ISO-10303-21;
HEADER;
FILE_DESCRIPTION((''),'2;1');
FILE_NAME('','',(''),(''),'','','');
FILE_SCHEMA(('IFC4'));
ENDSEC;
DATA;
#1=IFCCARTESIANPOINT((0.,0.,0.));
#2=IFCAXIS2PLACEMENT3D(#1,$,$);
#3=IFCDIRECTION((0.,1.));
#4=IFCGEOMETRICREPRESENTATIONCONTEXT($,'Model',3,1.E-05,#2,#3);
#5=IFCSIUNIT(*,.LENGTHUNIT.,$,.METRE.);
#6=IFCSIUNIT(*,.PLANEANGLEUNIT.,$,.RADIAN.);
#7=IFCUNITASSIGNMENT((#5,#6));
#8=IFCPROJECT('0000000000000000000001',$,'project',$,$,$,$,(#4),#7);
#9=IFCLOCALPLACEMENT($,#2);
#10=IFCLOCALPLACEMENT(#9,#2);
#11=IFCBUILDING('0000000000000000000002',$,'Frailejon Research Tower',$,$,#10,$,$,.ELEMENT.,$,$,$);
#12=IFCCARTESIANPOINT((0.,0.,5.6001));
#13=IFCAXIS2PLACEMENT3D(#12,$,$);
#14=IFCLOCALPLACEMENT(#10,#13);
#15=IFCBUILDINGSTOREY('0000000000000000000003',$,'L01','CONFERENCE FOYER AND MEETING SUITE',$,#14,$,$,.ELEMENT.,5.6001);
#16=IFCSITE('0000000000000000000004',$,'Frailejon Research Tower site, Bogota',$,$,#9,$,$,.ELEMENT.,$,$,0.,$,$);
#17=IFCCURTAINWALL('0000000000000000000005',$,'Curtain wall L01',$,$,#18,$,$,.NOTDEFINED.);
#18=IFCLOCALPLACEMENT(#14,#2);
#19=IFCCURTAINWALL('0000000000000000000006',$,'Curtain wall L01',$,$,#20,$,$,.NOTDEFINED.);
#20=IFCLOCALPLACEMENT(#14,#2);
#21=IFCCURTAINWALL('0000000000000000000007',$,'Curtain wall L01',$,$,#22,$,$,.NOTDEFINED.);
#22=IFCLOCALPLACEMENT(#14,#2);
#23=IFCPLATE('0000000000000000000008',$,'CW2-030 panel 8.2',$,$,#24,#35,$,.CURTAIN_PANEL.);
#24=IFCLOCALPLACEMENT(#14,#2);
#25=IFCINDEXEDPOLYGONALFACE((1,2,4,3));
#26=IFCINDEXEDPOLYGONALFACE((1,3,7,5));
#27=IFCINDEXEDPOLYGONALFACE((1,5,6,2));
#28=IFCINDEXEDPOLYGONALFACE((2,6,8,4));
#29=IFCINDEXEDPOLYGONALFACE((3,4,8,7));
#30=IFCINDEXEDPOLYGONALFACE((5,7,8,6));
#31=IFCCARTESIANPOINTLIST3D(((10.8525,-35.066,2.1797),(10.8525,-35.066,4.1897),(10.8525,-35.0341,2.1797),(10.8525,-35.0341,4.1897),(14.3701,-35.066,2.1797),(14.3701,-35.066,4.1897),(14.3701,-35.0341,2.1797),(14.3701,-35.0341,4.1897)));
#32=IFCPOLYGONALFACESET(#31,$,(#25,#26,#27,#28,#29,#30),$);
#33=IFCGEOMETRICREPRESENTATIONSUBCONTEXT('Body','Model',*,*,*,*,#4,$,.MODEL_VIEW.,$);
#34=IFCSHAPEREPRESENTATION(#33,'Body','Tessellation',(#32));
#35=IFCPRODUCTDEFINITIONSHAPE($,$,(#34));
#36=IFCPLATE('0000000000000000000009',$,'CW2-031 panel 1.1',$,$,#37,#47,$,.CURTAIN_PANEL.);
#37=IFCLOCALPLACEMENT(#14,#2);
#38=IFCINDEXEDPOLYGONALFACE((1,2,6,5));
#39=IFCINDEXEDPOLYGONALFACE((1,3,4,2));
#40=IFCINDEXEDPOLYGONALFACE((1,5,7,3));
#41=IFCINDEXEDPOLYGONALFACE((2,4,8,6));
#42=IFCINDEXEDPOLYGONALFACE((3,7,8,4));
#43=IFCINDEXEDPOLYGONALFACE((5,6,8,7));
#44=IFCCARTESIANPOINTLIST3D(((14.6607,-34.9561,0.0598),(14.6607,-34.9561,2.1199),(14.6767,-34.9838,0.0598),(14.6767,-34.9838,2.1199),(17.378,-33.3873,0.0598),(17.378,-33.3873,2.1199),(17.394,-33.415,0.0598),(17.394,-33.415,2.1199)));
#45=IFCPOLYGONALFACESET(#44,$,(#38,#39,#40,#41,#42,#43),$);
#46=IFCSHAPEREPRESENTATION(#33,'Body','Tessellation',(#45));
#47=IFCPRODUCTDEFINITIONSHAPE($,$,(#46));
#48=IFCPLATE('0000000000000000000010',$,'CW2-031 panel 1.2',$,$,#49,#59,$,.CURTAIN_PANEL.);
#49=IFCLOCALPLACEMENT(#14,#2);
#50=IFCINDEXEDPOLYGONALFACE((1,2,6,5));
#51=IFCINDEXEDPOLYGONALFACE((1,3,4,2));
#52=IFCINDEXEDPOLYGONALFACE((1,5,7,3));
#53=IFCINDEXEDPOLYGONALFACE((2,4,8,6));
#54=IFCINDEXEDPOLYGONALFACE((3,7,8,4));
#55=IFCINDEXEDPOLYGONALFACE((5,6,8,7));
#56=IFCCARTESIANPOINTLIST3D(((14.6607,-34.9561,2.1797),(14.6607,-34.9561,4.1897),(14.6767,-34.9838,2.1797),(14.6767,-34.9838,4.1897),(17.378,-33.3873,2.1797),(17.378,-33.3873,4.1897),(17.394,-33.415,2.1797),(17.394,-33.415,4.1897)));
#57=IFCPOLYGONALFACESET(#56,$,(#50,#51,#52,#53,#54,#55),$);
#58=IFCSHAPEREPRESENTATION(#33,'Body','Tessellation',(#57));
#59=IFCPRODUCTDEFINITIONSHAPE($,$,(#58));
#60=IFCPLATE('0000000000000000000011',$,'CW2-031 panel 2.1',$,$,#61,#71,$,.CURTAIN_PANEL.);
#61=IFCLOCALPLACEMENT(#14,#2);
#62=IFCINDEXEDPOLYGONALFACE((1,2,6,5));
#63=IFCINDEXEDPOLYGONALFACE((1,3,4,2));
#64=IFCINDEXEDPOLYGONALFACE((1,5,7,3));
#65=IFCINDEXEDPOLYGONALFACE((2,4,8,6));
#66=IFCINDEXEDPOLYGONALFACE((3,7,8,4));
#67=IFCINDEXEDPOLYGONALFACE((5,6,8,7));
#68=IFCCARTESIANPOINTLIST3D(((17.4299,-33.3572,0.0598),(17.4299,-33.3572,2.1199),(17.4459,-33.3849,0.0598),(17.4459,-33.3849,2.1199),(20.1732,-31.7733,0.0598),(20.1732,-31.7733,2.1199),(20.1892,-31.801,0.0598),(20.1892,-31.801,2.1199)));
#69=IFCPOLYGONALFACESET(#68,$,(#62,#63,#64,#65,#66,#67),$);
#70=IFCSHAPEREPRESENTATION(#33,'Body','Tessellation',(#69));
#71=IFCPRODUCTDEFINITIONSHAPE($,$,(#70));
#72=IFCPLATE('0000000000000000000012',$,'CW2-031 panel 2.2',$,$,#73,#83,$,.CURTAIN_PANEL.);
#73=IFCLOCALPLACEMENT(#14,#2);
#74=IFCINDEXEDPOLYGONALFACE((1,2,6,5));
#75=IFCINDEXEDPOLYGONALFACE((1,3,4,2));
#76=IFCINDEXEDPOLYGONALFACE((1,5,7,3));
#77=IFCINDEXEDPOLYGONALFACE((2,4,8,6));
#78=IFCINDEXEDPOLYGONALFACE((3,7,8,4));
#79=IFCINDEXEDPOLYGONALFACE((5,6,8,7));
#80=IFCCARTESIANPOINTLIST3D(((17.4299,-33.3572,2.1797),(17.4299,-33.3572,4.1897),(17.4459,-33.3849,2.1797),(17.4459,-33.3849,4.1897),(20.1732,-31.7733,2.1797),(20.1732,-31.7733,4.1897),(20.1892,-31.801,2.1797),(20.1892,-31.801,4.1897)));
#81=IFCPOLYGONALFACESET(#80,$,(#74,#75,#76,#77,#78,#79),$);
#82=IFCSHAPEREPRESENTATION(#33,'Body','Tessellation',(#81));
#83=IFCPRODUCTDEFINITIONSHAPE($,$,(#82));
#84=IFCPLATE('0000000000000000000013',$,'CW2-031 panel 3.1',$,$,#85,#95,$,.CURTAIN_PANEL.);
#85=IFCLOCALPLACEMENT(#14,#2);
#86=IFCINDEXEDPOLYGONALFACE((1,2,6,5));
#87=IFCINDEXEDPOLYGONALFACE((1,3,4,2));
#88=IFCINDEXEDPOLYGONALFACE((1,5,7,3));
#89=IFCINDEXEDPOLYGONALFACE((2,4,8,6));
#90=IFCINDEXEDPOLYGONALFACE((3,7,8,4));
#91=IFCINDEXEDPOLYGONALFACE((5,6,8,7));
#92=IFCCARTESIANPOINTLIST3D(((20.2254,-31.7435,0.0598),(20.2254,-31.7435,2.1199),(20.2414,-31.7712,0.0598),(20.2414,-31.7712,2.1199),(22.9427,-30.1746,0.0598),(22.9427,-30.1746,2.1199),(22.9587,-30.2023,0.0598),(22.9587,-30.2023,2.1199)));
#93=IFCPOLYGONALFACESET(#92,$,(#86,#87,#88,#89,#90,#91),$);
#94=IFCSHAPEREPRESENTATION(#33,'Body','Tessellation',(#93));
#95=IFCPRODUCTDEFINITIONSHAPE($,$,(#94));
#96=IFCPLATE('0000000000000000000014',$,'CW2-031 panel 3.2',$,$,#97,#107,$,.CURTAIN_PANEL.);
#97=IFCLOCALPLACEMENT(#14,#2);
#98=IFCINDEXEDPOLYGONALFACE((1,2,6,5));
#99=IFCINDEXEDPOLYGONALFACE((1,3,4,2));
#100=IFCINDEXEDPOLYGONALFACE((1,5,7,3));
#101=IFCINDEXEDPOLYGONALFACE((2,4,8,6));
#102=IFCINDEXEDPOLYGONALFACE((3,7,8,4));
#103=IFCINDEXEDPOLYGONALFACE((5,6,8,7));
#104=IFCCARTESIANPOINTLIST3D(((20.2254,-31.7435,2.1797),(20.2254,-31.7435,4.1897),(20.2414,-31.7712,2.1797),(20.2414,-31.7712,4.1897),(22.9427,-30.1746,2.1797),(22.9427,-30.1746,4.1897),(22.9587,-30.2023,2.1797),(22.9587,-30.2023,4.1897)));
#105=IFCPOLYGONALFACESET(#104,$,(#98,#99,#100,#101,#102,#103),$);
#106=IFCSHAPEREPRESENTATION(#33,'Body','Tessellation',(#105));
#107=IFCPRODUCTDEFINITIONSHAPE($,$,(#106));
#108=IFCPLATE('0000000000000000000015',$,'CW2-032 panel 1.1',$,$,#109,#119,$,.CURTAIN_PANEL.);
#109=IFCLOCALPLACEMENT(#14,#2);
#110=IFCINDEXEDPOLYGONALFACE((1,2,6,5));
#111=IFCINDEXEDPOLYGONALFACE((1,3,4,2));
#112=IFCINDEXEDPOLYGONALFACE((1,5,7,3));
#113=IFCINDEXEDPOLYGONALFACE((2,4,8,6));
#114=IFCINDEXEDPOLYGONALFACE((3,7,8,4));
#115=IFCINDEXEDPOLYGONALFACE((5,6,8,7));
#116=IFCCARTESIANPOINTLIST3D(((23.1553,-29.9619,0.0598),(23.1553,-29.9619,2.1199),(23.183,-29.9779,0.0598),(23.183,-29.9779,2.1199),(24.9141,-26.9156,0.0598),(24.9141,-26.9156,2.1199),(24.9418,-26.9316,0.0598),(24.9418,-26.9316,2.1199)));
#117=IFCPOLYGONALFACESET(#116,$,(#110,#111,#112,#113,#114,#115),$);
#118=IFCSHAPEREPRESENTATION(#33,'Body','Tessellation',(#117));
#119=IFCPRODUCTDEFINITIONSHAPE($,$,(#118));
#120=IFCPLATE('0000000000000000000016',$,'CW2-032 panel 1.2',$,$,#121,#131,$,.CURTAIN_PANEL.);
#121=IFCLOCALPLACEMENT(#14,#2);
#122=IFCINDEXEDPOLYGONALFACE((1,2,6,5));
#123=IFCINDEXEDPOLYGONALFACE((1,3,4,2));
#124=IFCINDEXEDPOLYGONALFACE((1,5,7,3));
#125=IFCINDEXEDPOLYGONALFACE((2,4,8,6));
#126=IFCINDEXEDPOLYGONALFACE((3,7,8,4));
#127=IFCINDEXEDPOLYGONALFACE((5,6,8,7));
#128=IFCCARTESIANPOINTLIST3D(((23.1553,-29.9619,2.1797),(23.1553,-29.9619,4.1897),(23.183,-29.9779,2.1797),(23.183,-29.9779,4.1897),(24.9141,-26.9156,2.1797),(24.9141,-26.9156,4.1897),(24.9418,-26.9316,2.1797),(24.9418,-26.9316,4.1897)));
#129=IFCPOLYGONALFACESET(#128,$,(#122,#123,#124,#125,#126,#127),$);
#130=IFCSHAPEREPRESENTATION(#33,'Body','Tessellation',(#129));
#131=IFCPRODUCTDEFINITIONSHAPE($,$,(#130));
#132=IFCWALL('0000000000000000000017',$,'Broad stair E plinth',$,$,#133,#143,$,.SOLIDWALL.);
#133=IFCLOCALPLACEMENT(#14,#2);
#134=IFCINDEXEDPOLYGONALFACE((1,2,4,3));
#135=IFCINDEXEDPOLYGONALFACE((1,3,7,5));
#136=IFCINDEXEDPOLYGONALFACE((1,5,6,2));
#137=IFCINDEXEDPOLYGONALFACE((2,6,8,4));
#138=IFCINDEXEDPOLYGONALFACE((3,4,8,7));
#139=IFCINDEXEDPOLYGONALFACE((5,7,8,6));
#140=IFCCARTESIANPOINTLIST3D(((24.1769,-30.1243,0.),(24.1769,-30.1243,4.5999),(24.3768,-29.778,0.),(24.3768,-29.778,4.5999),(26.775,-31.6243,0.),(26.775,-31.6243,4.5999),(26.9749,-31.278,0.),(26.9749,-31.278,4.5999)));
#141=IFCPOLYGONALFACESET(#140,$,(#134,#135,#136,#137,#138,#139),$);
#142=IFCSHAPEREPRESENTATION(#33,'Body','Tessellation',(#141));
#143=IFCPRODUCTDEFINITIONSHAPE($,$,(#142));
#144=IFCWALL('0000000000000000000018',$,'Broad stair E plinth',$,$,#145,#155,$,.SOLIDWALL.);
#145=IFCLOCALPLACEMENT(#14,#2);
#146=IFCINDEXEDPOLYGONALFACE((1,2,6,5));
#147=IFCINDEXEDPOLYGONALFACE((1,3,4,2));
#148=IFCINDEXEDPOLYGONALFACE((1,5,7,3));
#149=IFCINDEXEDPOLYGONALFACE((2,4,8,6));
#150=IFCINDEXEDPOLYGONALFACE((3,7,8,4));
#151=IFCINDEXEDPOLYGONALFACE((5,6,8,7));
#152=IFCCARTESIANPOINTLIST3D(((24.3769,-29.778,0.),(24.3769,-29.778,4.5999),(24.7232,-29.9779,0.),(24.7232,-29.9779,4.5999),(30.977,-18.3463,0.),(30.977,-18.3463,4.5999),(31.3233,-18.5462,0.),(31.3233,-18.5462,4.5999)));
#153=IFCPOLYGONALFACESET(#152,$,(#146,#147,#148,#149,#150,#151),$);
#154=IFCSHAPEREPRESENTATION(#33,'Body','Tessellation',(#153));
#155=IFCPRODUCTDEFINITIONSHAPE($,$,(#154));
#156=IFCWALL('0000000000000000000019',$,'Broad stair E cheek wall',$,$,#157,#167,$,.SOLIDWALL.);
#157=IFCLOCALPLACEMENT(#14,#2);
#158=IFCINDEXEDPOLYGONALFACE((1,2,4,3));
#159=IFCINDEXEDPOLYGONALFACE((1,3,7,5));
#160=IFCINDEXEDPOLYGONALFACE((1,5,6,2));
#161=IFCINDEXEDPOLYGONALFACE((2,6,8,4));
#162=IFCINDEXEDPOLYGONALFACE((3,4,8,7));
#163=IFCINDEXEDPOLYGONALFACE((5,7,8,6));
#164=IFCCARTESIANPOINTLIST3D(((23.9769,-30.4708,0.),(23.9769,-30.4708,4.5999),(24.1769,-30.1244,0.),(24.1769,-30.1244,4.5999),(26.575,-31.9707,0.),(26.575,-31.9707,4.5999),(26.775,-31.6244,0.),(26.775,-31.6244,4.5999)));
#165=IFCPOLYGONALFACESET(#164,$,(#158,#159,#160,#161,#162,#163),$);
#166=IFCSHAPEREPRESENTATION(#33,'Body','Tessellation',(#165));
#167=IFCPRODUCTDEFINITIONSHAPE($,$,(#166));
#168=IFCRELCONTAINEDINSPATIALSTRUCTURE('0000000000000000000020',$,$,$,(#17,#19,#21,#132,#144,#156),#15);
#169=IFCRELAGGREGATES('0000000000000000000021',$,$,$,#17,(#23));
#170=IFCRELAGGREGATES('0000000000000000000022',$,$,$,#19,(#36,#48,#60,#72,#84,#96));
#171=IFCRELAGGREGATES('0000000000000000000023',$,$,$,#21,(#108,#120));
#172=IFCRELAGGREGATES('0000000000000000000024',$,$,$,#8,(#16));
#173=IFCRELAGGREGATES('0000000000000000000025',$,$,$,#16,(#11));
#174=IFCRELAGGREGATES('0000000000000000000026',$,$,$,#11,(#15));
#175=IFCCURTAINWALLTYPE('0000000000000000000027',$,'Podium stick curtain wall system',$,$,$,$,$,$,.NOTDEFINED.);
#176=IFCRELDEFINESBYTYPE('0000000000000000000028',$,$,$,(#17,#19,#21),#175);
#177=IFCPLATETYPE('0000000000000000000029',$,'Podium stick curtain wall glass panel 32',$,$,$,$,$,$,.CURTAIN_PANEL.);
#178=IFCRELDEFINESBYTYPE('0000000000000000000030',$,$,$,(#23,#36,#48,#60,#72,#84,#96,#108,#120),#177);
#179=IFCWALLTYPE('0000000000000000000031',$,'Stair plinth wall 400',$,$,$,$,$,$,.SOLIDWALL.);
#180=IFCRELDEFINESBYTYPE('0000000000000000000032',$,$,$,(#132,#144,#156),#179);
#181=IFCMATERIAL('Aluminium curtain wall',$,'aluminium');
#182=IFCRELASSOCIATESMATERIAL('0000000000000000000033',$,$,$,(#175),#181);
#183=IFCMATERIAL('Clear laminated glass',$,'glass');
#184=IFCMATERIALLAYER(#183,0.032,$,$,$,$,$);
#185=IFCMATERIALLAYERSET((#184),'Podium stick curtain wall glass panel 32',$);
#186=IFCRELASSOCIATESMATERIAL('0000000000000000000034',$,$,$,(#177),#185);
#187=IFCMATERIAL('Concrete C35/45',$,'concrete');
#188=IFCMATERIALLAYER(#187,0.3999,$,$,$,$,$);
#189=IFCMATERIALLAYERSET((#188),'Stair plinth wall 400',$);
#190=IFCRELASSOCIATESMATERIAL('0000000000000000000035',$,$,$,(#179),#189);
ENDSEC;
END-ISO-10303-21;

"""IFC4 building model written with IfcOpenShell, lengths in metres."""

from ifc_helpers import new_model, si_unit, direction, frame, frame_2d, origin, origin_2d, place, context, subcontext, project, spatial, rectangle, extrude, material, layer, layer_set, type_object, element, aggregate, save


model = new_model("IFC4")

# Units and contexts
model_context = context("Model", 3, precision=1e-05, world=origin(), true_north=direction((0.0, 1.0)))
body_context = subcontext(model_context, "Body", "Model", "MODEL_VIEW")
ifc_project = project(units=[si_unit("LENGTHUNIT", "METRE"), si_unit("PLANEANGLEUNIT", "RADIAN")], contexts=[model_context])

# Site, building, storey
site_placement = place(None, origin())
site = spatial("IfcSite", under=ifc_project, at=site_placement, Name="Frailejon Research Tower site, Bogota", CompositionType="ELEMENT", RefElevation=0.0)
building_placement = place(site_placement, origin())
building = spatial("IfcBuilding", under=site, at=building_placement, Name="Frailejon Research Tower", CompositionType="ELEMENT")
storey_placement = place(building_placement, frame((0.0, 0.0, 5.6001)))
storey = spatial("IfcBuildingStorey", under=building, at=storey_placement, Name="L01", Description="CONFERENCE FOYER AND MEETING SUITE", CompositionType="ELEMENT", Elevation=5.6001)

# Curtain wall
ifc_material_1 = material(Name="Aluminium curtain wall", Category="aluminium")
curtain_wall_type = type_object("IfcCurtainWallType", Name="Podium stick curtain wall system", PredefinedType="NOTDEFINED", material=ifc_material_1)
curtain_wall_1_placement = place(storey_placement, origin())
curtain_wall_1 = element("IfcCurtainWall", 1, at=curtain_wall_1_placement, inside=storey, type_object=curtain_wall_type, Name="Curtain wall L01", PredefinedType="NOTDEFINED")

# Curtain wall
curtain_wall_2_placement = place(storey_placement, origin())
curtain_wall_2 = element("IfcCurtainWall", 2, at=curtain_wall_2_placement, inside=storey, type_object=curtain_wall_type, Name="Curtain wall L01", PredefinedType="NOTDEFINED")

# Curtain wall
curtain_wall_3_placement = place(storey_placement, origin())
curtain_wall_3 = element("IfcCurtainWall", 3, at=curtain_wall_3_placement, inside=storey, type_object=curtain_wall_type, Name="Curtain wall L01", PredefinedType="NOTDEFINED")

# Plates
ifc_material_2 = material(Name="Clear laminated glass", Category="glass")
ifc_layer_1 = layer(ifc_material_2, 0.032)
ifc_layer_set_1 = layer_set([ifc_layer_1], Name="Podium stick curtain wall glass panel 32")
plate_type = type_object("IfcPlateType", Name="Podium stick curtain wall glass panel 32", PredefinedType="CURTAIN_PANEL", material=ifc_layer_set_1)
plate_1_placement = place(storey_placement, frame((12.6113, -35.05, 2.1797), z_axis=(0.0, 0.0, 1.0), x_axis=(1.0, 0.0, 0.0)))
plate_1 = element("IfcPlate", 4, at=plate_1_placement, type_object=plate_type, Name="CW2-030 panel 8.2", PredefinedType="CURTAIN_PANEL", context=body_context, shape_type="SweptSolid", body=[
    extrude(rectangle(XDim=3.5176, YDim=0.032, at=origin_2d()), origin(), (0.0, 0.0, 1.0), 2.01),
])
aggregate(curtain_wall_1, [plate_1])
plate_2_placement = place(storey_placement, frame((16.0273, -34.1855, 0.0598), z_axis=(0.0, 0.0, 1.0), x_axis=(0.866025, 0.5, 0.0)))
plate_2 = element("IfcPlate", 5, at=plate_2_placement, type_object=plate_type, Name="CW2-031 panel 1.1", PredefinedType="CURTAIN_PANEL", context=body_context, shape_type="SweptSolid", body=[
    extrude(rectangle(XDim=3.1377, YDim=0.032, at=origin_2d()), origin(), (0.0, 0.0, 1.0), 2.0601),
])
plate_3_placement = place(storey_placement, frame((16.0273, -34.1855, 2.1797), z_axis=(0.0, 0.0, 1.0), x_axis=(0.866025, 0.5, 0.0)))
plate_3 = element("IfcPlate", 6, at=plate_3_placement, type_object=plate_type, Name="CW2-031 panel 1.2", PredefinedType="CURTAIN_PANEL", context=body_context, shape_type="SweptSolid", body=[
    extrude(rectangle(XDim=3.1377, YDim=0.032, at=origin_2d()), origin(), (0.0, 0.0, 1.0), 2.01),
])
plate_4_placement = place(storey_placement, frame((18.8096, -32.5791, 0.0598), z_axis=(0.0, 0.0, 1.0), x_axis=(0.866025, 0.5, 0.0)))
plate_4 = element("IfcPlate", 7, at=plate_4_placement, type_object=plate_type, Name="CW2-031 panel 2.1", PredefinedType="CURTAIN_PANEL", context=body_context, shape_type="SweptSolid", body=[
    extrude(rectangle(XDim=3.1677, YDim=0.032, at=origin_2d()), origin(), (0.0, 0.0, 1.0), 2.0601),
])
plate_5_placement = place(storey_placement, frame((18.8096, -32.5791, 2.1797), z_axis=(0.0, 0.0, 1.0), x_axis=(0.866025, 0.5, 0.0)))
plate_5 = element("IfcPlate", 8, at=plate_5_placement, type_object=plate_type, Name="CW2-031 panel 2.2", PredefinedType="CURTAIN_PANEL", context=body_context, shape_type="SweptSolid", body=[
    extrude(rectangle(XDim=3.1677, YDim=0.032, at=origin_2d()), origin(), (0.0, 0.0, 1.0), 2.01),
])
plate_6_placement = place(storey_placement, frame((21.592, -30.9729, 0.0598), z_axis=(0.0, 0.0, 1.0), x_axis=(0.866025, 0.5, 0.0)))
plate_6 = element("IfcPlate", 9, at=plate_6_placement, type_object=plate_type, Name="CW2-031 panel 3.1", PredefinedType="CURTAIN_PANEL", context=body_context, shape_type="SweptSolid", body=[
    extrude(rectangle(XDim=3.1377, YDim=0.032, at=origin_2d()), origin(), (0.0, 0.0, 1.0), 2.0601),
])
plate_7_placement = place(storey_placement, frame((21.592, -30.9729, 2.1797), z_axis=(0.0, 0.0, 1.0), x_axis=(0.866025, 0.5, 0.0)))
plate_7 = element("IfcPlate", 10, at=plate_7_placement, type_object=plate_type, Name="CW2-031 panel 3.2", PredefinedType="CURTAIN_PANEL", context=body_context, shape_type="SweptSolid", body=[
    extrude(rectangle(XDim=3.1377, YDim=0.032, at=origin_2d()), origin(), (0.0, 0.0, 1.0), 2.01),
])
aggregate(curtain_wall_2, [plate_2, plate_3, plate_4, plate_5, plate_6, plate_7])
plate_8_placement = place(storey_placement, frame((24.0486, -28.4468, 0.0598), z_axis=(0.0, 0.0, 1.0), x_axis=(0.499998, 0.866026, 0.0)))
plate_8 = element("IfcPlate", 11, at=plate_8_placement, type_object=plate_type, Name="CW2-032 panel 1.1", PredefinedType="CURTAIN_PANEL", context=body_context, shape_type="SweptSolid", body=[
    extrude(rectangle(XDim=3.5176, YDim=0.032, at=origin_2d()), origin(), (0.0, 0.0, 1.0), 2.0601),
])
plate_9_placement = place(storey_placement, frame((24.0486, -28.4468, 2.1797), z_axis=(0.0, 0.0, 1.0), x_axis=(0.499998, 0.866026, 0.0)))
plate_9 = element("IfcPlate", 12, at=plate_9_placement, type_object=plate_type, Name="CW2-032 panel 1.2", PredefinedType="CURTAIN_PANEL", context=body_context, shape_type="SweptSolid", body=[
    extrude(rectangle(XDim=3.5176, YDim=0.032, at=origin_2d()), origin(), (0.0, 0.0, 1.0), 2.01),
])
aggregate(curtain_wall_3, [plate_8, plate_9])

# Walls
ifc_material_3 = material(Name="Concrete C35/45", Category="concrete")
ifc_layer_2 = layer(ifc_material_3, 0.3999)
ifc_layer_set_2 = layer_set([ifc_layer_2], Name="Stair plinth wall 400")
wall_type = type_object("IfcWallType", Name="Stair plinth wall 400", PredefinedType="SOLIDWALL", material=ifc_layer_set_2)
wall_1_placement = place(storey_placement, frame((24.2769, -29.9512, 0.0), z_axis=(0.0, 0.0, 1.0), x_axis=(0.866031, -0.49999, 0.0)))
element("IfcWall", 13, at=wall_1_placement, inside=storey, type_object=wall_type, Name="Broad stair E plinth", PredefinedType="SOLIDWALL", context=body_context, shape_type="SweptSolid", body=[
    extrude(rectangle(XDim=3.0, YDim=0.3999, at=frame_2d((1.5, 0.0))), origin(), (0.0, 0.0, 1.0), 4.5999),
])
wall_2_placement = place(storey_placement, frame((24.55, -29.8779, 0.0), z_axis=(0.0, 0.0, 1.0), x_axis=(0.500002, 0.866024, 0.0)))
element("IfcWall", 14, at=wall_2_placement, inside=storey, type_object=wall_type, Name="Broad stair E plinth", PredefinedType="SOLIDWALL", context=body_context, shape_type="SweptSolid", body=[
    extrude(rectangle(XDim=13.2002, YDim=0.3999, at=frame_2d((6.6001, 0.0))), origin(), (0.0, 0.0, 1.0), 4.5999),
])
wall_3_placement = place(storey_placement, frame((24.0769, -30.2976, 0.0), z_axis=(0.0, 0.0, 1.0), x_axis=(0.866031, -0.49999, 0.0)))
element("IfcWall", 15, at=wall_3_placement, inside=storey, type_object=wall_type, Name="Broad stair E cheek wall", PredefinedType="SOLIDWALL", context=body_context, shape_type="SweptSolid", body=[
    extrude(rectangle(XDim=3.0, YDim=0.3999, at=frame_2d((1.5, 0.0))), origin(), (0.0, 0.0, 1.0), 4.5999),
])

save(model, "model.ifc")
